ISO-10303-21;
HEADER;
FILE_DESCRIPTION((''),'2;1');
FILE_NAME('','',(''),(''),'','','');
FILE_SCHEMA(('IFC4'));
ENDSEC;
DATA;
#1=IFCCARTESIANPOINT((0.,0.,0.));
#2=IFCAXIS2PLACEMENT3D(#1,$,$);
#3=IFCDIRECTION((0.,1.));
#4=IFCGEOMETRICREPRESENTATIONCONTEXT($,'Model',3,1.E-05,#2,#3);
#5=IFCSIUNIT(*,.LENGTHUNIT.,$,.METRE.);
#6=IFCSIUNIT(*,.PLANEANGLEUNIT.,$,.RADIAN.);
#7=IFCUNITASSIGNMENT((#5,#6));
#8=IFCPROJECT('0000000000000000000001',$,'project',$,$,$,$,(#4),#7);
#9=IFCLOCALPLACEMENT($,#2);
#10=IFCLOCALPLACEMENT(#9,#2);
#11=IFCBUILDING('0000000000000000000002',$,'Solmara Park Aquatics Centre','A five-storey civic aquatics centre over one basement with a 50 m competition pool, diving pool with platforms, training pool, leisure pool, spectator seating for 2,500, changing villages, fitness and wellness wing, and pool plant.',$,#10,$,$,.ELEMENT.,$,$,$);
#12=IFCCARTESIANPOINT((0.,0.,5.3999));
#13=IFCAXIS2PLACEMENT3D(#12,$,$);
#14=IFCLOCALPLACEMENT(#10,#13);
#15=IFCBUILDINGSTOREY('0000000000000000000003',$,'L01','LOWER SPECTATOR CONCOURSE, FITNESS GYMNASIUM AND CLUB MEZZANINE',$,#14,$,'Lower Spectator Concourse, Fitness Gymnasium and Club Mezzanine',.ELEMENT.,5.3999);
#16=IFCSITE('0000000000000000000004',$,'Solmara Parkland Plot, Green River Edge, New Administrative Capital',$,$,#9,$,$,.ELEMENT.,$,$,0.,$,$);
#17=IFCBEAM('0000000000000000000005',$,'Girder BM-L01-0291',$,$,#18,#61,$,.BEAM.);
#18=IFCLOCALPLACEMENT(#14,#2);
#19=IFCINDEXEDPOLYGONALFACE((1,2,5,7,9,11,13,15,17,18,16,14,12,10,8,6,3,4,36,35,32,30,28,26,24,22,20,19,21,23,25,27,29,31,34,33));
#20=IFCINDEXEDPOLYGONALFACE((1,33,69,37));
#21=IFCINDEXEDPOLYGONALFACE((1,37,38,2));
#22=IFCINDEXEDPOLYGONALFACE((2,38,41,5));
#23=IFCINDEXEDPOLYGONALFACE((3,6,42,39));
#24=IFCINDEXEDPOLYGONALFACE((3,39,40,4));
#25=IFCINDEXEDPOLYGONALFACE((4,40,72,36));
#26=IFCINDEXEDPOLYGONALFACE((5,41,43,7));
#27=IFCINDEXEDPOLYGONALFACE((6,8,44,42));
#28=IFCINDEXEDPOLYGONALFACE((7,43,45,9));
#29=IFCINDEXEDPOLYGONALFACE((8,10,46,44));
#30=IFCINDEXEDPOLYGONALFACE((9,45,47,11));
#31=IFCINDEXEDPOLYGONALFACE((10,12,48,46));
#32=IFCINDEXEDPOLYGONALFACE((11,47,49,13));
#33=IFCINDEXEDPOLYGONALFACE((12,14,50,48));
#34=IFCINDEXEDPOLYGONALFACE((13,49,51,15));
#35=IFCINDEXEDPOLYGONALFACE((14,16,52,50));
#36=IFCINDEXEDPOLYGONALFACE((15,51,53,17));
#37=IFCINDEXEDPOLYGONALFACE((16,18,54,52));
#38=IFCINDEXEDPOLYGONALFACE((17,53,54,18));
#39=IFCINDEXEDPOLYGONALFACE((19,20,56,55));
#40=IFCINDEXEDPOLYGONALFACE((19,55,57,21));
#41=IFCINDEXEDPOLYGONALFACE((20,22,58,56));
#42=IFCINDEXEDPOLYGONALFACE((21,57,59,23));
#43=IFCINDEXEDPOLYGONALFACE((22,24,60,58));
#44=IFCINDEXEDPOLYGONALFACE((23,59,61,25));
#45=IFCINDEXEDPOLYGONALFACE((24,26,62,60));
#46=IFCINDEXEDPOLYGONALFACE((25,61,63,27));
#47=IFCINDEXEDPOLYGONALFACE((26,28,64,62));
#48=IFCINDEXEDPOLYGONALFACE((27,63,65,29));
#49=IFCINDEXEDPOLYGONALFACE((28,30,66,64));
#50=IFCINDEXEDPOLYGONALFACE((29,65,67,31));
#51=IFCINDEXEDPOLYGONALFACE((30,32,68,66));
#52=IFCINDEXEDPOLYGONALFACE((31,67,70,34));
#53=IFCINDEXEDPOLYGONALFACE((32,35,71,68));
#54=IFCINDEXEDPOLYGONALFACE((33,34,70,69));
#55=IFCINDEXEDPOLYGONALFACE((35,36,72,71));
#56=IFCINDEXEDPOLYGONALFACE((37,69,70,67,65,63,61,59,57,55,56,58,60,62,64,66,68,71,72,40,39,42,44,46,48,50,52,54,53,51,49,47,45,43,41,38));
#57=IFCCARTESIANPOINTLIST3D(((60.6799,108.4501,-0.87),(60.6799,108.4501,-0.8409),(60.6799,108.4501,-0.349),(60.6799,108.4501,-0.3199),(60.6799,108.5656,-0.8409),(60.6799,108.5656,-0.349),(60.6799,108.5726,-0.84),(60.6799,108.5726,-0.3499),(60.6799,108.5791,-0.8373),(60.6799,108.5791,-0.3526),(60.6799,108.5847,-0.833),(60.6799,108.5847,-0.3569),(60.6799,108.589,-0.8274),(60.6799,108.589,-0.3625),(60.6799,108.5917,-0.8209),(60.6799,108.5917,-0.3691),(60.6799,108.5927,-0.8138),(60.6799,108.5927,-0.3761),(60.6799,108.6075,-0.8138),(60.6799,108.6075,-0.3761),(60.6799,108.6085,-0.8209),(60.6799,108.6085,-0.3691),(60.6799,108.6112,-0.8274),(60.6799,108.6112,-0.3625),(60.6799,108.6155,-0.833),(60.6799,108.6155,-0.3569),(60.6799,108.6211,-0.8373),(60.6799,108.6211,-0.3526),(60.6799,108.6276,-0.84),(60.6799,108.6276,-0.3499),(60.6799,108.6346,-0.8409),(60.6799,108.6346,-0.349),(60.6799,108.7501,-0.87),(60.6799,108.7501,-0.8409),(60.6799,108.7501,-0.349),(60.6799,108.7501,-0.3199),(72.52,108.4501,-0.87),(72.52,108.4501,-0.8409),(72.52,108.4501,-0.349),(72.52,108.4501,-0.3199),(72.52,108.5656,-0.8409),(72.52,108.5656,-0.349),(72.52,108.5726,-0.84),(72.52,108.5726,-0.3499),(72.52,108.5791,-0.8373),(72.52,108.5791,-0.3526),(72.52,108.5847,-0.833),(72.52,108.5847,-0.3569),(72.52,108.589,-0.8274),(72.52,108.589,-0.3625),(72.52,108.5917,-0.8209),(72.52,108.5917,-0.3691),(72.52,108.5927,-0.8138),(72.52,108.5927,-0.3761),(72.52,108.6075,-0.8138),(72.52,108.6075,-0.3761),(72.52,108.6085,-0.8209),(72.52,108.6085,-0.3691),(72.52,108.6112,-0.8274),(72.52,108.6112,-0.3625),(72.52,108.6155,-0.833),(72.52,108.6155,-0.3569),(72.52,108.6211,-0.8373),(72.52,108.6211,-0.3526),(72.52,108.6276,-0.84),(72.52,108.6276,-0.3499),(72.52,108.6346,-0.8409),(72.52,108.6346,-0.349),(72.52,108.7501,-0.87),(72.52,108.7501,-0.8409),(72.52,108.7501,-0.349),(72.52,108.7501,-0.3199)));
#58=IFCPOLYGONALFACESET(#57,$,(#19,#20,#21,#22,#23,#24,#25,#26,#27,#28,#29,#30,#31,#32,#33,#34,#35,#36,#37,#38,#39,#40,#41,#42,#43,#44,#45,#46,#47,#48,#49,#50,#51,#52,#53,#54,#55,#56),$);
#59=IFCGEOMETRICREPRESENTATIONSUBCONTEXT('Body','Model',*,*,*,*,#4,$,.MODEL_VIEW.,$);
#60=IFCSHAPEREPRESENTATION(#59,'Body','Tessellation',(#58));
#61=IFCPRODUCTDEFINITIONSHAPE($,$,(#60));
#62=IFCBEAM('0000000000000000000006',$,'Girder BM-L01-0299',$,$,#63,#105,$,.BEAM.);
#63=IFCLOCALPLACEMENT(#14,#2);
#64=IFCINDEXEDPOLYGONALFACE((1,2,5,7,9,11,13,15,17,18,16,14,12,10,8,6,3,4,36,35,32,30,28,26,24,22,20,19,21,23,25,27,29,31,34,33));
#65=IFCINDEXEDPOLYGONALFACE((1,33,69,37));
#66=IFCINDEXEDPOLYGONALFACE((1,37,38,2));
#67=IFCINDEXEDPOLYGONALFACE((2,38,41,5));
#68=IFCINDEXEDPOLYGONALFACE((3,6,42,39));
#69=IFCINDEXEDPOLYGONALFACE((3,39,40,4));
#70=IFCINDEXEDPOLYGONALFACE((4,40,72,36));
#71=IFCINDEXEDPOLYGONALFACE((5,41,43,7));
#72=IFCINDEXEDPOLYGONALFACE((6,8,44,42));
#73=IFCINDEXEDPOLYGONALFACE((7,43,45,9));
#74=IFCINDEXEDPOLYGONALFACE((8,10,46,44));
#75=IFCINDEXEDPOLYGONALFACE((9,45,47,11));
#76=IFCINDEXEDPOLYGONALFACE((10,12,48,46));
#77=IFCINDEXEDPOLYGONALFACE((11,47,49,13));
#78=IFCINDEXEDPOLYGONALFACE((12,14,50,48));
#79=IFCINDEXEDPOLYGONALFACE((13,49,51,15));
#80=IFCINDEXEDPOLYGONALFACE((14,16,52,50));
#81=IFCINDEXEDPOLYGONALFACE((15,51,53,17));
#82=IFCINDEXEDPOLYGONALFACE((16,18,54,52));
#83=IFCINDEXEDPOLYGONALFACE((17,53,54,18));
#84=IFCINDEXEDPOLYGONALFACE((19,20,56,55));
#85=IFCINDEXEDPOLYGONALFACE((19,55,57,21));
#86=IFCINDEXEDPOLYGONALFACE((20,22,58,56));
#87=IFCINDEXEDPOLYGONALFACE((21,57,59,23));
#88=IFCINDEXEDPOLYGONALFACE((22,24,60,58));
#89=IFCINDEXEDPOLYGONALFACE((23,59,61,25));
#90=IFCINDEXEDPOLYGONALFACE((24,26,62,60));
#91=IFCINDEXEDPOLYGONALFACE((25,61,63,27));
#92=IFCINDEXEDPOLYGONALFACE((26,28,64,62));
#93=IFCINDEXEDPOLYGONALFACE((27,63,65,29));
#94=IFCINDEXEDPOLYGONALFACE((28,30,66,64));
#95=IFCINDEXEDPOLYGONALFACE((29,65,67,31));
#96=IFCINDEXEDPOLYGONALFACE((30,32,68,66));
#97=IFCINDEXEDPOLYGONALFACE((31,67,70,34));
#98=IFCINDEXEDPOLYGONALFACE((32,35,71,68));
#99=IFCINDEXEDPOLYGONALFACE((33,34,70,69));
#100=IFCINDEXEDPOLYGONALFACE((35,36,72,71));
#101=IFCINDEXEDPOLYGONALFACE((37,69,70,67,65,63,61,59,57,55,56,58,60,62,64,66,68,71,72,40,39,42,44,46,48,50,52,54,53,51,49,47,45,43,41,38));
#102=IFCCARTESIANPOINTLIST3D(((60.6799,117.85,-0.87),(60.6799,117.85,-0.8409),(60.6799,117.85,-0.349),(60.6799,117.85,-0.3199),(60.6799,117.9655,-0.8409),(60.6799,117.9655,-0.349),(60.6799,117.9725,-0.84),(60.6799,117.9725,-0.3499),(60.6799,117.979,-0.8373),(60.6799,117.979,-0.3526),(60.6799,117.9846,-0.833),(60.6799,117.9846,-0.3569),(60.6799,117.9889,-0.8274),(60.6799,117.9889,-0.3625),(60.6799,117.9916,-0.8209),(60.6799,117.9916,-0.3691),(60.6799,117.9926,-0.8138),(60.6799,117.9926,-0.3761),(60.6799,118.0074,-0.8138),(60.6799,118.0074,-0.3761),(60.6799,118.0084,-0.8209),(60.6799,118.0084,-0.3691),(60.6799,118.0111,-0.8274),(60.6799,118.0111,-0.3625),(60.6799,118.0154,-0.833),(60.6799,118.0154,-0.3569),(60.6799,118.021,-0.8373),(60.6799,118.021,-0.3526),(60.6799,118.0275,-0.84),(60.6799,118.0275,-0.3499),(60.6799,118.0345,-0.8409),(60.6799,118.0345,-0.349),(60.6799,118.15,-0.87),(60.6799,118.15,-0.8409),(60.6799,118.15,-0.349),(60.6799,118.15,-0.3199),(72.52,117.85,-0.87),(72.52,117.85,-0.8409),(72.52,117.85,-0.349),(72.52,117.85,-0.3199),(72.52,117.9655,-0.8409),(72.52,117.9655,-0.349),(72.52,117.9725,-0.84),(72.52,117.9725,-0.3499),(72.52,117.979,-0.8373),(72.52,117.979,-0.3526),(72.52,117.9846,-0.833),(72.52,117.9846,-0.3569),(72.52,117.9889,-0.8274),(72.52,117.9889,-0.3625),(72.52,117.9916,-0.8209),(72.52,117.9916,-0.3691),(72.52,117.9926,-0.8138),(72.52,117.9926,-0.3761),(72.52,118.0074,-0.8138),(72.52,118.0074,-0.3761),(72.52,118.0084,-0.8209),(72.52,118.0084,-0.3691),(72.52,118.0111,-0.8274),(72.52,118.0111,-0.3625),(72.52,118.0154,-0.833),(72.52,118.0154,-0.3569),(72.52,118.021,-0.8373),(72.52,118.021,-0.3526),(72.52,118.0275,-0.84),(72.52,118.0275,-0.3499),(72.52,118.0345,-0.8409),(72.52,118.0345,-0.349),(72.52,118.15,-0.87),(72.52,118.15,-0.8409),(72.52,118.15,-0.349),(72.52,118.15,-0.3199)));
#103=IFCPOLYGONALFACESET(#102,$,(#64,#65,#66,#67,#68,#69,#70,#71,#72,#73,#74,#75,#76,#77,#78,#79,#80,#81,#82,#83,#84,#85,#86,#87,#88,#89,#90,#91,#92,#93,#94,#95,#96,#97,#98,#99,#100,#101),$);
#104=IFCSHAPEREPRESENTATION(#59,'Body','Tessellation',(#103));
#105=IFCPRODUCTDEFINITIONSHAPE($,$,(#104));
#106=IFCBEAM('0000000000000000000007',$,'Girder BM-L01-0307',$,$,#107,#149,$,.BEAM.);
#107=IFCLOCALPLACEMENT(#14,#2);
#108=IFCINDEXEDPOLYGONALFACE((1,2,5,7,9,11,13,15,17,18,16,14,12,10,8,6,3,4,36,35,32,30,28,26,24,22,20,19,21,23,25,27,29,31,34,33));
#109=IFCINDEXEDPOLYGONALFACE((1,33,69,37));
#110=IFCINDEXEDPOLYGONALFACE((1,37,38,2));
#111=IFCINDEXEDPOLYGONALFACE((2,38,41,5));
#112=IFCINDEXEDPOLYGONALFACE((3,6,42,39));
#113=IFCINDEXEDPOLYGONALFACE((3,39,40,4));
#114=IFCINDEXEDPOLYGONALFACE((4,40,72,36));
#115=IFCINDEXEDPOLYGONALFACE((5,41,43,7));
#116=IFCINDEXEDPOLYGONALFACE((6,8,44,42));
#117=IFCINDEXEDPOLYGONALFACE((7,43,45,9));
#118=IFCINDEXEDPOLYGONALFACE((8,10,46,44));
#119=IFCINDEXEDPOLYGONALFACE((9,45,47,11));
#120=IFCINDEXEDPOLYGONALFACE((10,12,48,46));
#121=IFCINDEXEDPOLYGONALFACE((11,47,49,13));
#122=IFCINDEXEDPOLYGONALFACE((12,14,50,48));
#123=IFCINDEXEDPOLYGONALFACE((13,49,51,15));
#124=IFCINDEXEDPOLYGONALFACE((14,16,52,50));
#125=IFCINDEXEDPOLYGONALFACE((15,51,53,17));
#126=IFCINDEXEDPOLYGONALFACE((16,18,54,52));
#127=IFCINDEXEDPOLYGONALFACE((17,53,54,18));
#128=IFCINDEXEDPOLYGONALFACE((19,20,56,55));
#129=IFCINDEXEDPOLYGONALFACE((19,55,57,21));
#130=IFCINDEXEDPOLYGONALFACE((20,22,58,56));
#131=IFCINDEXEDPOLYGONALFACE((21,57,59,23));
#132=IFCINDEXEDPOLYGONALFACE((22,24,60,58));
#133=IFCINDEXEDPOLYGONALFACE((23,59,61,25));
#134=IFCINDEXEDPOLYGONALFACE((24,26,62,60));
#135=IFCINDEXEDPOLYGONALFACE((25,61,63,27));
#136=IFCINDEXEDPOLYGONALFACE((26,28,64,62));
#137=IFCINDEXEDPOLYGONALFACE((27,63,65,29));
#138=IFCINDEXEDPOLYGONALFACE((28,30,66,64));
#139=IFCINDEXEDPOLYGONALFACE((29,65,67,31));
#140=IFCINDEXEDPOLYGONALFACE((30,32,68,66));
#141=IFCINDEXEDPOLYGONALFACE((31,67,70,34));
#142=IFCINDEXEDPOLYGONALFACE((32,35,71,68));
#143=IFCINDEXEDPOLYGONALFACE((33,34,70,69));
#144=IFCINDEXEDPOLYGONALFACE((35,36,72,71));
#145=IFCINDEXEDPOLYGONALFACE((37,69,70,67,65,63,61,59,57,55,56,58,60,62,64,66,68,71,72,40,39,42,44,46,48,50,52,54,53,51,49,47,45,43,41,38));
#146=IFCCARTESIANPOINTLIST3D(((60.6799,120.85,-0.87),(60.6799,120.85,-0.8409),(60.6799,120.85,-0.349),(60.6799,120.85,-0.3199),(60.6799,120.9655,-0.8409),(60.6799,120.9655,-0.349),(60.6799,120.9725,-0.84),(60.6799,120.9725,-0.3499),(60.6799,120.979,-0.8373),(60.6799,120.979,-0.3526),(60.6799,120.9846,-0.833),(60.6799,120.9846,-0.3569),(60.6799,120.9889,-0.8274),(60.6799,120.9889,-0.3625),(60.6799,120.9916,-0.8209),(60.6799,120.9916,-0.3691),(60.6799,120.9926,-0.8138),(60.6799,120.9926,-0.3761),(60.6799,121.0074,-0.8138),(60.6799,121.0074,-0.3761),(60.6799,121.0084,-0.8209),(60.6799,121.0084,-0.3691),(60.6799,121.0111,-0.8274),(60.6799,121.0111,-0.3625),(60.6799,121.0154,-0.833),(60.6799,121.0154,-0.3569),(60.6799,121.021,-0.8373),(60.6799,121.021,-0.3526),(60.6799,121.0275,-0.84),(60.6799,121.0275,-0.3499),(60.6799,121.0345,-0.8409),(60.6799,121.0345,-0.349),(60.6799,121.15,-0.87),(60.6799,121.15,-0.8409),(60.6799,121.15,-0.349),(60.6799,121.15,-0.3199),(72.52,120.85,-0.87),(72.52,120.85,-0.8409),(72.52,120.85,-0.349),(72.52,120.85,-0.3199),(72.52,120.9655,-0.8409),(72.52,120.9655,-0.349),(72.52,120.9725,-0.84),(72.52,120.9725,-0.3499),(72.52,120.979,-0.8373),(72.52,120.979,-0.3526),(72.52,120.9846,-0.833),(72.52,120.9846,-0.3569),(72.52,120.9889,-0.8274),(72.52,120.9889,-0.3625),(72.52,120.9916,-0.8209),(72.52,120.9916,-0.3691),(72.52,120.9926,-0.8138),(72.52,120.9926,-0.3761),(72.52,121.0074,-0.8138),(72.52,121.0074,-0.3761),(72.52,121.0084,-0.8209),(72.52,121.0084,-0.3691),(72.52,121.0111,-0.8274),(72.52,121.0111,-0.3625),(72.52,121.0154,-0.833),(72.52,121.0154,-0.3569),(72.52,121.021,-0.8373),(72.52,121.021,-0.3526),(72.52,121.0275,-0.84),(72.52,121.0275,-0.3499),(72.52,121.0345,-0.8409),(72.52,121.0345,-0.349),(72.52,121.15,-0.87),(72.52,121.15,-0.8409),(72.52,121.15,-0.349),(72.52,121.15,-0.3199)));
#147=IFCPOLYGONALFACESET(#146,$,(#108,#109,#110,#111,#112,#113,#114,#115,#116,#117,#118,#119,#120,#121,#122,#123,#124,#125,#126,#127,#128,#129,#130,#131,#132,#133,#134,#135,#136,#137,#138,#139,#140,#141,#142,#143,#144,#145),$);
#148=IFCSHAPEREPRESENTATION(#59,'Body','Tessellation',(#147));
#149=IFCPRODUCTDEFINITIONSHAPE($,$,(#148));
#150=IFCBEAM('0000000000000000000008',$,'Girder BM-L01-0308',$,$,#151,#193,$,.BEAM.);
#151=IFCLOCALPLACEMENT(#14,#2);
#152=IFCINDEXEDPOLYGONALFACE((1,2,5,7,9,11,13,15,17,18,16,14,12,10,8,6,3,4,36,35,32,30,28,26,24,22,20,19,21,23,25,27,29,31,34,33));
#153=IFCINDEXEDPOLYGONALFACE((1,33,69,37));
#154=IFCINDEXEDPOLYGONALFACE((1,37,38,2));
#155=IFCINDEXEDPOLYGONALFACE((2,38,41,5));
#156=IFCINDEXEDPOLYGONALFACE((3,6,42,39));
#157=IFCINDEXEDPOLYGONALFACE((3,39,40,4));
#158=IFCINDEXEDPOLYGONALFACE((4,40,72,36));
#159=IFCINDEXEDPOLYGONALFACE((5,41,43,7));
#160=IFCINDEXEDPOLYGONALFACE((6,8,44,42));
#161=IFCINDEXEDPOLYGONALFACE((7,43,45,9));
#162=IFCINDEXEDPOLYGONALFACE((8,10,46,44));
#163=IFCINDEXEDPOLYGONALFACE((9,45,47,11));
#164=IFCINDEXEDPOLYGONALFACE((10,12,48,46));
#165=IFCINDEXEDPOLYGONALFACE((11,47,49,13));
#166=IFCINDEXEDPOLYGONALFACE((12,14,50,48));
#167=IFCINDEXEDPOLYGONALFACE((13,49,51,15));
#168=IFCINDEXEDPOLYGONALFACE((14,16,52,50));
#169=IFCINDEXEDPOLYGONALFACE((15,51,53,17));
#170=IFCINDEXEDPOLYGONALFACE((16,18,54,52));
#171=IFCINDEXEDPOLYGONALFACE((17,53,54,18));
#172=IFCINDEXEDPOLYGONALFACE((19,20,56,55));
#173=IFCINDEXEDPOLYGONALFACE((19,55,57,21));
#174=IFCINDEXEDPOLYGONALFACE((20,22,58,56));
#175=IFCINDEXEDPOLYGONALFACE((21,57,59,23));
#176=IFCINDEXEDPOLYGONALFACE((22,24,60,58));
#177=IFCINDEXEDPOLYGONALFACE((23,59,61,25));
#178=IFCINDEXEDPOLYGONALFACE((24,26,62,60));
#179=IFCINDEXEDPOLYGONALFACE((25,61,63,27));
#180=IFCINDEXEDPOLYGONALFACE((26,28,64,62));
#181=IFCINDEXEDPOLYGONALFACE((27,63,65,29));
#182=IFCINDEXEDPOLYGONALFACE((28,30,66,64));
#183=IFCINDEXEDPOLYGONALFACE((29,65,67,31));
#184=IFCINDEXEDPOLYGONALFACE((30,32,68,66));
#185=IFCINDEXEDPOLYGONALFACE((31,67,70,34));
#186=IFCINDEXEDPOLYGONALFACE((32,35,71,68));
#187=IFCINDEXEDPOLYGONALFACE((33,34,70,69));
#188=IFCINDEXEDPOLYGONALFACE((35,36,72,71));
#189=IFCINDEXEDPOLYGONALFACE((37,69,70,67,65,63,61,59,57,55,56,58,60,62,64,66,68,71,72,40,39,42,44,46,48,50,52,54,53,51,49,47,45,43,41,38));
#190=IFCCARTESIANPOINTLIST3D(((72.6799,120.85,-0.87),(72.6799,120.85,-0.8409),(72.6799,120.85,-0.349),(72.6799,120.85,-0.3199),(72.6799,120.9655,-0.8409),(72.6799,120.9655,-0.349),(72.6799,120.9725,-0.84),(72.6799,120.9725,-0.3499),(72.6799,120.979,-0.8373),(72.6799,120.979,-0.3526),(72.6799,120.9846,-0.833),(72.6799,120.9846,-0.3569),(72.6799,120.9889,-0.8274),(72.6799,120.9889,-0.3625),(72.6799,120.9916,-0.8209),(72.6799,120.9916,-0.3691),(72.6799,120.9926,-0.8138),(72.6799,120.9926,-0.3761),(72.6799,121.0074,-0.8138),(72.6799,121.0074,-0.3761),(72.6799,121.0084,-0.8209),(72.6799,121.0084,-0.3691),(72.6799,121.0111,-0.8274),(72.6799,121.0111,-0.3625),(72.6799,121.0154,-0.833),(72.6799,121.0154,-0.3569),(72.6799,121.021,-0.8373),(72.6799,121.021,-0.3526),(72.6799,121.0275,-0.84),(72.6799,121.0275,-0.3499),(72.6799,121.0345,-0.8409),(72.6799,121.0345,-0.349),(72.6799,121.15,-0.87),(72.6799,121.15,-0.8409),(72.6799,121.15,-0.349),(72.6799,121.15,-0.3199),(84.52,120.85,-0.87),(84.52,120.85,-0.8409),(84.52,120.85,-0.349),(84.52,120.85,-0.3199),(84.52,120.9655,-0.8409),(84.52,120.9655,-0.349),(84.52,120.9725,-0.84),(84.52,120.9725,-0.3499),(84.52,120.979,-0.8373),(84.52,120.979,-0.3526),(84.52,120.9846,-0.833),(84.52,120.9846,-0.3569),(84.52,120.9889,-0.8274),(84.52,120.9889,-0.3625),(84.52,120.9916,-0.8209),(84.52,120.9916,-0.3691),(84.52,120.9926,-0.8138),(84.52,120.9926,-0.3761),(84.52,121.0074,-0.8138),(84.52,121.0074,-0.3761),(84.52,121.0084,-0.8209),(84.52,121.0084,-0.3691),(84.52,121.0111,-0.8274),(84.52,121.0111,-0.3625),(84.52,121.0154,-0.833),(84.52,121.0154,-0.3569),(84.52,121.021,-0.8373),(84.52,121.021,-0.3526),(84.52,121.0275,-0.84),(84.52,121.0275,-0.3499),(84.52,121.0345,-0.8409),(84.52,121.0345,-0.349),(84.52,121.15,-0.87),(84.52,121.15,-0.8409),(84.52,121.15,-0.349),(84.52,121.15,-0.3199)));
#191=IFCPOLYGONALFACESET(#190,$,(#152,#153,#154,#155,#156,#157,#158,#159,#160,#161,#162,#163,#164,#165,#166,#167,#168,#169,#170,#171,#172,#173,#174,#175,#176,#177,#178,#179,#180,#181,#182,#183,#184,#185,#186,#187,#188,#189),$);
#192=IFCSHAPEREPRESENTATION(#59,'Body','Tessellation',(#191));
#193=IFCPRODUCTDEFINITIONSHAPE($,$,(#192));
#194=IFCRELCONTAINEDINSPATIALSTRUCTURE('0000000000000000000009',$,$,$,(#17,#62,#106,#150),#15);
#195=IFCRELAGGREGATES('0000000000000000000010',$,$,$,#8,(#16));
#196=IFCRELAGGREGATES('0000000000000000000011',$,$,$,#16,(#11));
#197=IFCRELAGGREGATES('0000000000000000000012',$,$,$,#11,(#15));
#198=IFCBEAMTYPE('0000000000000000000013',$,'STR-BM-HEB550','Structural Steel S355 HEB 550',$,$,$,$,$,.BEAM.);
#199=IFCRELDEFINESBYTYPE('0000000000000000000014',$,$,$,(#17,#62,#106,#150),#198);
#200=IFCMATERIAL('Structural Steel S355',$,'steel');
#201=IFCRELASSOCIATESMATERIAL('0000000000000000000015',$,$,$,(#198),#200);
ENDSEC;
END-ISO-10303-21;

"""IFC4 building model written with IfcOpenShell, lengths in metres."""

from ifc_helpers import new_model, si_unit, direction, frame, origin, origin_2d, place, context, subcontext, project, spatial, i_section, extrude, material, material_profile, profile_set, type_object, element, save


model = new_model("IFC4")

# Units and contexts
model_context = context("Model", 3, precision=1e-05, world=origin(), true_north=direction((0.0, 1.0)))
body_context = subcontext(model_context, "Body", "Model", "MODEL_VIEW")
ifc_project = project(units=[si_unit("LENGTHUNIT", "METRE"), si_unit("PLANEANGLEUNIT", "RADIAN")], contexts=[model_context])

# Site, building, storey
site_placement = place(None, origin())
site = spatial("IfcSite", under=ifc_project, at=site_placement, Name="Solmara Parkland Plot, Green River Edge, New Administrative Capital", CompositionType="ELEMENT", RefElevation=0.0)
building_placement = place(site_placement, origin())
building = spatial("IfcBuilding", under=site, at=building_placement, Name="Solmara Park Aquatics Centre", Description="A five-storey civic aquatics centre over one basement with a 50 m competition pool, diving pool with platforms, training pool, leisure pool, spectator seating for 2,500, changing villages, fitness and wellness wing, and pool plant.", CompositionType="ELEMENT")
storey_placement = place(building_placement, frame((0.0, 0.0, 5.3999)))
storey = spatial("IfcBuildingStorey", under=building, at=storey_placement, Name="L01", Description="LOWER SPECTATOR CONCOURSE, FITNESS GYMNASIUM AND CLUB MEZZANINE", LongName="Lower Spectator Concourse, Fitness Gymnasium and Club Mezzanine", CompositionType="ELEMENT", Elevation=5.3999)

# Shared definitions
ifc_material_1 = material(Name="Structural Steel S355", Category="steel")

# Beams
ifc_material_profile_1 = material_profile(ifc_material_1, i_section(OverallWidth=0.3, OverallDepth=0.55, WebThickness=0.0149, FlangeThickness=0.0291, FilletRadius=0.0271, at=origin_2d()), Name="HEB 550")
ifc_profile_set_1 = profile_set([ifc_material_profile_1], Name="Structural Steel S355")
beam_type_1 = type_object("IfcBeamType", Name="STR-BM-HEB550", Description="Structural Steel S355 HEB 550", PredefinedType="BEAM", material=ifc_profile_set_1)
for number, where, z_axis, x_axis, name in (
    (1, (60.6799, 108.6001, -0.595), (1.0, 0.0, 0.0), (0.0, 1.0, 0.0), "Girder BM-L01-0291"),
    (2, (60.6799, 118.0, -0.595), (1.0, 0.0, 0.0), (0.0, 1.0, 0.0), "Girder BM-L01-0299"),
    (3, (60.6799, 121.0, -0.595), (1.0, 0.0, 0.0), (0.0, 1.0, 0.0), "Girder BM-L01-0307"),
    (4, (72.6799, 121.0, -0.595), (1.0, 0.0, 0.0), (0.0, 1.0, 0.0), "Girder BM-L01-0308"),
):
    element("IfcBeam", number, at=place(storey_placement, frame(where, z_axis=z_axis, x_axis=x_axis)), inside=storey, type_object=beam_type_1, Name=name, PredefinedType="BEAM", context=body_context, shape_type="SweptSolid", body=[
        extrude(i_section(OverallWidth=0.3, OverallDepth=0.55, WebThickness=0.0149, FlangeThickness=0.0291, FilletRadius=0.0271, at=origin_2d()), origin(), (0.0, 0.0, 1.0), 11.8401),
    ])

save(model, "model.ifc")
